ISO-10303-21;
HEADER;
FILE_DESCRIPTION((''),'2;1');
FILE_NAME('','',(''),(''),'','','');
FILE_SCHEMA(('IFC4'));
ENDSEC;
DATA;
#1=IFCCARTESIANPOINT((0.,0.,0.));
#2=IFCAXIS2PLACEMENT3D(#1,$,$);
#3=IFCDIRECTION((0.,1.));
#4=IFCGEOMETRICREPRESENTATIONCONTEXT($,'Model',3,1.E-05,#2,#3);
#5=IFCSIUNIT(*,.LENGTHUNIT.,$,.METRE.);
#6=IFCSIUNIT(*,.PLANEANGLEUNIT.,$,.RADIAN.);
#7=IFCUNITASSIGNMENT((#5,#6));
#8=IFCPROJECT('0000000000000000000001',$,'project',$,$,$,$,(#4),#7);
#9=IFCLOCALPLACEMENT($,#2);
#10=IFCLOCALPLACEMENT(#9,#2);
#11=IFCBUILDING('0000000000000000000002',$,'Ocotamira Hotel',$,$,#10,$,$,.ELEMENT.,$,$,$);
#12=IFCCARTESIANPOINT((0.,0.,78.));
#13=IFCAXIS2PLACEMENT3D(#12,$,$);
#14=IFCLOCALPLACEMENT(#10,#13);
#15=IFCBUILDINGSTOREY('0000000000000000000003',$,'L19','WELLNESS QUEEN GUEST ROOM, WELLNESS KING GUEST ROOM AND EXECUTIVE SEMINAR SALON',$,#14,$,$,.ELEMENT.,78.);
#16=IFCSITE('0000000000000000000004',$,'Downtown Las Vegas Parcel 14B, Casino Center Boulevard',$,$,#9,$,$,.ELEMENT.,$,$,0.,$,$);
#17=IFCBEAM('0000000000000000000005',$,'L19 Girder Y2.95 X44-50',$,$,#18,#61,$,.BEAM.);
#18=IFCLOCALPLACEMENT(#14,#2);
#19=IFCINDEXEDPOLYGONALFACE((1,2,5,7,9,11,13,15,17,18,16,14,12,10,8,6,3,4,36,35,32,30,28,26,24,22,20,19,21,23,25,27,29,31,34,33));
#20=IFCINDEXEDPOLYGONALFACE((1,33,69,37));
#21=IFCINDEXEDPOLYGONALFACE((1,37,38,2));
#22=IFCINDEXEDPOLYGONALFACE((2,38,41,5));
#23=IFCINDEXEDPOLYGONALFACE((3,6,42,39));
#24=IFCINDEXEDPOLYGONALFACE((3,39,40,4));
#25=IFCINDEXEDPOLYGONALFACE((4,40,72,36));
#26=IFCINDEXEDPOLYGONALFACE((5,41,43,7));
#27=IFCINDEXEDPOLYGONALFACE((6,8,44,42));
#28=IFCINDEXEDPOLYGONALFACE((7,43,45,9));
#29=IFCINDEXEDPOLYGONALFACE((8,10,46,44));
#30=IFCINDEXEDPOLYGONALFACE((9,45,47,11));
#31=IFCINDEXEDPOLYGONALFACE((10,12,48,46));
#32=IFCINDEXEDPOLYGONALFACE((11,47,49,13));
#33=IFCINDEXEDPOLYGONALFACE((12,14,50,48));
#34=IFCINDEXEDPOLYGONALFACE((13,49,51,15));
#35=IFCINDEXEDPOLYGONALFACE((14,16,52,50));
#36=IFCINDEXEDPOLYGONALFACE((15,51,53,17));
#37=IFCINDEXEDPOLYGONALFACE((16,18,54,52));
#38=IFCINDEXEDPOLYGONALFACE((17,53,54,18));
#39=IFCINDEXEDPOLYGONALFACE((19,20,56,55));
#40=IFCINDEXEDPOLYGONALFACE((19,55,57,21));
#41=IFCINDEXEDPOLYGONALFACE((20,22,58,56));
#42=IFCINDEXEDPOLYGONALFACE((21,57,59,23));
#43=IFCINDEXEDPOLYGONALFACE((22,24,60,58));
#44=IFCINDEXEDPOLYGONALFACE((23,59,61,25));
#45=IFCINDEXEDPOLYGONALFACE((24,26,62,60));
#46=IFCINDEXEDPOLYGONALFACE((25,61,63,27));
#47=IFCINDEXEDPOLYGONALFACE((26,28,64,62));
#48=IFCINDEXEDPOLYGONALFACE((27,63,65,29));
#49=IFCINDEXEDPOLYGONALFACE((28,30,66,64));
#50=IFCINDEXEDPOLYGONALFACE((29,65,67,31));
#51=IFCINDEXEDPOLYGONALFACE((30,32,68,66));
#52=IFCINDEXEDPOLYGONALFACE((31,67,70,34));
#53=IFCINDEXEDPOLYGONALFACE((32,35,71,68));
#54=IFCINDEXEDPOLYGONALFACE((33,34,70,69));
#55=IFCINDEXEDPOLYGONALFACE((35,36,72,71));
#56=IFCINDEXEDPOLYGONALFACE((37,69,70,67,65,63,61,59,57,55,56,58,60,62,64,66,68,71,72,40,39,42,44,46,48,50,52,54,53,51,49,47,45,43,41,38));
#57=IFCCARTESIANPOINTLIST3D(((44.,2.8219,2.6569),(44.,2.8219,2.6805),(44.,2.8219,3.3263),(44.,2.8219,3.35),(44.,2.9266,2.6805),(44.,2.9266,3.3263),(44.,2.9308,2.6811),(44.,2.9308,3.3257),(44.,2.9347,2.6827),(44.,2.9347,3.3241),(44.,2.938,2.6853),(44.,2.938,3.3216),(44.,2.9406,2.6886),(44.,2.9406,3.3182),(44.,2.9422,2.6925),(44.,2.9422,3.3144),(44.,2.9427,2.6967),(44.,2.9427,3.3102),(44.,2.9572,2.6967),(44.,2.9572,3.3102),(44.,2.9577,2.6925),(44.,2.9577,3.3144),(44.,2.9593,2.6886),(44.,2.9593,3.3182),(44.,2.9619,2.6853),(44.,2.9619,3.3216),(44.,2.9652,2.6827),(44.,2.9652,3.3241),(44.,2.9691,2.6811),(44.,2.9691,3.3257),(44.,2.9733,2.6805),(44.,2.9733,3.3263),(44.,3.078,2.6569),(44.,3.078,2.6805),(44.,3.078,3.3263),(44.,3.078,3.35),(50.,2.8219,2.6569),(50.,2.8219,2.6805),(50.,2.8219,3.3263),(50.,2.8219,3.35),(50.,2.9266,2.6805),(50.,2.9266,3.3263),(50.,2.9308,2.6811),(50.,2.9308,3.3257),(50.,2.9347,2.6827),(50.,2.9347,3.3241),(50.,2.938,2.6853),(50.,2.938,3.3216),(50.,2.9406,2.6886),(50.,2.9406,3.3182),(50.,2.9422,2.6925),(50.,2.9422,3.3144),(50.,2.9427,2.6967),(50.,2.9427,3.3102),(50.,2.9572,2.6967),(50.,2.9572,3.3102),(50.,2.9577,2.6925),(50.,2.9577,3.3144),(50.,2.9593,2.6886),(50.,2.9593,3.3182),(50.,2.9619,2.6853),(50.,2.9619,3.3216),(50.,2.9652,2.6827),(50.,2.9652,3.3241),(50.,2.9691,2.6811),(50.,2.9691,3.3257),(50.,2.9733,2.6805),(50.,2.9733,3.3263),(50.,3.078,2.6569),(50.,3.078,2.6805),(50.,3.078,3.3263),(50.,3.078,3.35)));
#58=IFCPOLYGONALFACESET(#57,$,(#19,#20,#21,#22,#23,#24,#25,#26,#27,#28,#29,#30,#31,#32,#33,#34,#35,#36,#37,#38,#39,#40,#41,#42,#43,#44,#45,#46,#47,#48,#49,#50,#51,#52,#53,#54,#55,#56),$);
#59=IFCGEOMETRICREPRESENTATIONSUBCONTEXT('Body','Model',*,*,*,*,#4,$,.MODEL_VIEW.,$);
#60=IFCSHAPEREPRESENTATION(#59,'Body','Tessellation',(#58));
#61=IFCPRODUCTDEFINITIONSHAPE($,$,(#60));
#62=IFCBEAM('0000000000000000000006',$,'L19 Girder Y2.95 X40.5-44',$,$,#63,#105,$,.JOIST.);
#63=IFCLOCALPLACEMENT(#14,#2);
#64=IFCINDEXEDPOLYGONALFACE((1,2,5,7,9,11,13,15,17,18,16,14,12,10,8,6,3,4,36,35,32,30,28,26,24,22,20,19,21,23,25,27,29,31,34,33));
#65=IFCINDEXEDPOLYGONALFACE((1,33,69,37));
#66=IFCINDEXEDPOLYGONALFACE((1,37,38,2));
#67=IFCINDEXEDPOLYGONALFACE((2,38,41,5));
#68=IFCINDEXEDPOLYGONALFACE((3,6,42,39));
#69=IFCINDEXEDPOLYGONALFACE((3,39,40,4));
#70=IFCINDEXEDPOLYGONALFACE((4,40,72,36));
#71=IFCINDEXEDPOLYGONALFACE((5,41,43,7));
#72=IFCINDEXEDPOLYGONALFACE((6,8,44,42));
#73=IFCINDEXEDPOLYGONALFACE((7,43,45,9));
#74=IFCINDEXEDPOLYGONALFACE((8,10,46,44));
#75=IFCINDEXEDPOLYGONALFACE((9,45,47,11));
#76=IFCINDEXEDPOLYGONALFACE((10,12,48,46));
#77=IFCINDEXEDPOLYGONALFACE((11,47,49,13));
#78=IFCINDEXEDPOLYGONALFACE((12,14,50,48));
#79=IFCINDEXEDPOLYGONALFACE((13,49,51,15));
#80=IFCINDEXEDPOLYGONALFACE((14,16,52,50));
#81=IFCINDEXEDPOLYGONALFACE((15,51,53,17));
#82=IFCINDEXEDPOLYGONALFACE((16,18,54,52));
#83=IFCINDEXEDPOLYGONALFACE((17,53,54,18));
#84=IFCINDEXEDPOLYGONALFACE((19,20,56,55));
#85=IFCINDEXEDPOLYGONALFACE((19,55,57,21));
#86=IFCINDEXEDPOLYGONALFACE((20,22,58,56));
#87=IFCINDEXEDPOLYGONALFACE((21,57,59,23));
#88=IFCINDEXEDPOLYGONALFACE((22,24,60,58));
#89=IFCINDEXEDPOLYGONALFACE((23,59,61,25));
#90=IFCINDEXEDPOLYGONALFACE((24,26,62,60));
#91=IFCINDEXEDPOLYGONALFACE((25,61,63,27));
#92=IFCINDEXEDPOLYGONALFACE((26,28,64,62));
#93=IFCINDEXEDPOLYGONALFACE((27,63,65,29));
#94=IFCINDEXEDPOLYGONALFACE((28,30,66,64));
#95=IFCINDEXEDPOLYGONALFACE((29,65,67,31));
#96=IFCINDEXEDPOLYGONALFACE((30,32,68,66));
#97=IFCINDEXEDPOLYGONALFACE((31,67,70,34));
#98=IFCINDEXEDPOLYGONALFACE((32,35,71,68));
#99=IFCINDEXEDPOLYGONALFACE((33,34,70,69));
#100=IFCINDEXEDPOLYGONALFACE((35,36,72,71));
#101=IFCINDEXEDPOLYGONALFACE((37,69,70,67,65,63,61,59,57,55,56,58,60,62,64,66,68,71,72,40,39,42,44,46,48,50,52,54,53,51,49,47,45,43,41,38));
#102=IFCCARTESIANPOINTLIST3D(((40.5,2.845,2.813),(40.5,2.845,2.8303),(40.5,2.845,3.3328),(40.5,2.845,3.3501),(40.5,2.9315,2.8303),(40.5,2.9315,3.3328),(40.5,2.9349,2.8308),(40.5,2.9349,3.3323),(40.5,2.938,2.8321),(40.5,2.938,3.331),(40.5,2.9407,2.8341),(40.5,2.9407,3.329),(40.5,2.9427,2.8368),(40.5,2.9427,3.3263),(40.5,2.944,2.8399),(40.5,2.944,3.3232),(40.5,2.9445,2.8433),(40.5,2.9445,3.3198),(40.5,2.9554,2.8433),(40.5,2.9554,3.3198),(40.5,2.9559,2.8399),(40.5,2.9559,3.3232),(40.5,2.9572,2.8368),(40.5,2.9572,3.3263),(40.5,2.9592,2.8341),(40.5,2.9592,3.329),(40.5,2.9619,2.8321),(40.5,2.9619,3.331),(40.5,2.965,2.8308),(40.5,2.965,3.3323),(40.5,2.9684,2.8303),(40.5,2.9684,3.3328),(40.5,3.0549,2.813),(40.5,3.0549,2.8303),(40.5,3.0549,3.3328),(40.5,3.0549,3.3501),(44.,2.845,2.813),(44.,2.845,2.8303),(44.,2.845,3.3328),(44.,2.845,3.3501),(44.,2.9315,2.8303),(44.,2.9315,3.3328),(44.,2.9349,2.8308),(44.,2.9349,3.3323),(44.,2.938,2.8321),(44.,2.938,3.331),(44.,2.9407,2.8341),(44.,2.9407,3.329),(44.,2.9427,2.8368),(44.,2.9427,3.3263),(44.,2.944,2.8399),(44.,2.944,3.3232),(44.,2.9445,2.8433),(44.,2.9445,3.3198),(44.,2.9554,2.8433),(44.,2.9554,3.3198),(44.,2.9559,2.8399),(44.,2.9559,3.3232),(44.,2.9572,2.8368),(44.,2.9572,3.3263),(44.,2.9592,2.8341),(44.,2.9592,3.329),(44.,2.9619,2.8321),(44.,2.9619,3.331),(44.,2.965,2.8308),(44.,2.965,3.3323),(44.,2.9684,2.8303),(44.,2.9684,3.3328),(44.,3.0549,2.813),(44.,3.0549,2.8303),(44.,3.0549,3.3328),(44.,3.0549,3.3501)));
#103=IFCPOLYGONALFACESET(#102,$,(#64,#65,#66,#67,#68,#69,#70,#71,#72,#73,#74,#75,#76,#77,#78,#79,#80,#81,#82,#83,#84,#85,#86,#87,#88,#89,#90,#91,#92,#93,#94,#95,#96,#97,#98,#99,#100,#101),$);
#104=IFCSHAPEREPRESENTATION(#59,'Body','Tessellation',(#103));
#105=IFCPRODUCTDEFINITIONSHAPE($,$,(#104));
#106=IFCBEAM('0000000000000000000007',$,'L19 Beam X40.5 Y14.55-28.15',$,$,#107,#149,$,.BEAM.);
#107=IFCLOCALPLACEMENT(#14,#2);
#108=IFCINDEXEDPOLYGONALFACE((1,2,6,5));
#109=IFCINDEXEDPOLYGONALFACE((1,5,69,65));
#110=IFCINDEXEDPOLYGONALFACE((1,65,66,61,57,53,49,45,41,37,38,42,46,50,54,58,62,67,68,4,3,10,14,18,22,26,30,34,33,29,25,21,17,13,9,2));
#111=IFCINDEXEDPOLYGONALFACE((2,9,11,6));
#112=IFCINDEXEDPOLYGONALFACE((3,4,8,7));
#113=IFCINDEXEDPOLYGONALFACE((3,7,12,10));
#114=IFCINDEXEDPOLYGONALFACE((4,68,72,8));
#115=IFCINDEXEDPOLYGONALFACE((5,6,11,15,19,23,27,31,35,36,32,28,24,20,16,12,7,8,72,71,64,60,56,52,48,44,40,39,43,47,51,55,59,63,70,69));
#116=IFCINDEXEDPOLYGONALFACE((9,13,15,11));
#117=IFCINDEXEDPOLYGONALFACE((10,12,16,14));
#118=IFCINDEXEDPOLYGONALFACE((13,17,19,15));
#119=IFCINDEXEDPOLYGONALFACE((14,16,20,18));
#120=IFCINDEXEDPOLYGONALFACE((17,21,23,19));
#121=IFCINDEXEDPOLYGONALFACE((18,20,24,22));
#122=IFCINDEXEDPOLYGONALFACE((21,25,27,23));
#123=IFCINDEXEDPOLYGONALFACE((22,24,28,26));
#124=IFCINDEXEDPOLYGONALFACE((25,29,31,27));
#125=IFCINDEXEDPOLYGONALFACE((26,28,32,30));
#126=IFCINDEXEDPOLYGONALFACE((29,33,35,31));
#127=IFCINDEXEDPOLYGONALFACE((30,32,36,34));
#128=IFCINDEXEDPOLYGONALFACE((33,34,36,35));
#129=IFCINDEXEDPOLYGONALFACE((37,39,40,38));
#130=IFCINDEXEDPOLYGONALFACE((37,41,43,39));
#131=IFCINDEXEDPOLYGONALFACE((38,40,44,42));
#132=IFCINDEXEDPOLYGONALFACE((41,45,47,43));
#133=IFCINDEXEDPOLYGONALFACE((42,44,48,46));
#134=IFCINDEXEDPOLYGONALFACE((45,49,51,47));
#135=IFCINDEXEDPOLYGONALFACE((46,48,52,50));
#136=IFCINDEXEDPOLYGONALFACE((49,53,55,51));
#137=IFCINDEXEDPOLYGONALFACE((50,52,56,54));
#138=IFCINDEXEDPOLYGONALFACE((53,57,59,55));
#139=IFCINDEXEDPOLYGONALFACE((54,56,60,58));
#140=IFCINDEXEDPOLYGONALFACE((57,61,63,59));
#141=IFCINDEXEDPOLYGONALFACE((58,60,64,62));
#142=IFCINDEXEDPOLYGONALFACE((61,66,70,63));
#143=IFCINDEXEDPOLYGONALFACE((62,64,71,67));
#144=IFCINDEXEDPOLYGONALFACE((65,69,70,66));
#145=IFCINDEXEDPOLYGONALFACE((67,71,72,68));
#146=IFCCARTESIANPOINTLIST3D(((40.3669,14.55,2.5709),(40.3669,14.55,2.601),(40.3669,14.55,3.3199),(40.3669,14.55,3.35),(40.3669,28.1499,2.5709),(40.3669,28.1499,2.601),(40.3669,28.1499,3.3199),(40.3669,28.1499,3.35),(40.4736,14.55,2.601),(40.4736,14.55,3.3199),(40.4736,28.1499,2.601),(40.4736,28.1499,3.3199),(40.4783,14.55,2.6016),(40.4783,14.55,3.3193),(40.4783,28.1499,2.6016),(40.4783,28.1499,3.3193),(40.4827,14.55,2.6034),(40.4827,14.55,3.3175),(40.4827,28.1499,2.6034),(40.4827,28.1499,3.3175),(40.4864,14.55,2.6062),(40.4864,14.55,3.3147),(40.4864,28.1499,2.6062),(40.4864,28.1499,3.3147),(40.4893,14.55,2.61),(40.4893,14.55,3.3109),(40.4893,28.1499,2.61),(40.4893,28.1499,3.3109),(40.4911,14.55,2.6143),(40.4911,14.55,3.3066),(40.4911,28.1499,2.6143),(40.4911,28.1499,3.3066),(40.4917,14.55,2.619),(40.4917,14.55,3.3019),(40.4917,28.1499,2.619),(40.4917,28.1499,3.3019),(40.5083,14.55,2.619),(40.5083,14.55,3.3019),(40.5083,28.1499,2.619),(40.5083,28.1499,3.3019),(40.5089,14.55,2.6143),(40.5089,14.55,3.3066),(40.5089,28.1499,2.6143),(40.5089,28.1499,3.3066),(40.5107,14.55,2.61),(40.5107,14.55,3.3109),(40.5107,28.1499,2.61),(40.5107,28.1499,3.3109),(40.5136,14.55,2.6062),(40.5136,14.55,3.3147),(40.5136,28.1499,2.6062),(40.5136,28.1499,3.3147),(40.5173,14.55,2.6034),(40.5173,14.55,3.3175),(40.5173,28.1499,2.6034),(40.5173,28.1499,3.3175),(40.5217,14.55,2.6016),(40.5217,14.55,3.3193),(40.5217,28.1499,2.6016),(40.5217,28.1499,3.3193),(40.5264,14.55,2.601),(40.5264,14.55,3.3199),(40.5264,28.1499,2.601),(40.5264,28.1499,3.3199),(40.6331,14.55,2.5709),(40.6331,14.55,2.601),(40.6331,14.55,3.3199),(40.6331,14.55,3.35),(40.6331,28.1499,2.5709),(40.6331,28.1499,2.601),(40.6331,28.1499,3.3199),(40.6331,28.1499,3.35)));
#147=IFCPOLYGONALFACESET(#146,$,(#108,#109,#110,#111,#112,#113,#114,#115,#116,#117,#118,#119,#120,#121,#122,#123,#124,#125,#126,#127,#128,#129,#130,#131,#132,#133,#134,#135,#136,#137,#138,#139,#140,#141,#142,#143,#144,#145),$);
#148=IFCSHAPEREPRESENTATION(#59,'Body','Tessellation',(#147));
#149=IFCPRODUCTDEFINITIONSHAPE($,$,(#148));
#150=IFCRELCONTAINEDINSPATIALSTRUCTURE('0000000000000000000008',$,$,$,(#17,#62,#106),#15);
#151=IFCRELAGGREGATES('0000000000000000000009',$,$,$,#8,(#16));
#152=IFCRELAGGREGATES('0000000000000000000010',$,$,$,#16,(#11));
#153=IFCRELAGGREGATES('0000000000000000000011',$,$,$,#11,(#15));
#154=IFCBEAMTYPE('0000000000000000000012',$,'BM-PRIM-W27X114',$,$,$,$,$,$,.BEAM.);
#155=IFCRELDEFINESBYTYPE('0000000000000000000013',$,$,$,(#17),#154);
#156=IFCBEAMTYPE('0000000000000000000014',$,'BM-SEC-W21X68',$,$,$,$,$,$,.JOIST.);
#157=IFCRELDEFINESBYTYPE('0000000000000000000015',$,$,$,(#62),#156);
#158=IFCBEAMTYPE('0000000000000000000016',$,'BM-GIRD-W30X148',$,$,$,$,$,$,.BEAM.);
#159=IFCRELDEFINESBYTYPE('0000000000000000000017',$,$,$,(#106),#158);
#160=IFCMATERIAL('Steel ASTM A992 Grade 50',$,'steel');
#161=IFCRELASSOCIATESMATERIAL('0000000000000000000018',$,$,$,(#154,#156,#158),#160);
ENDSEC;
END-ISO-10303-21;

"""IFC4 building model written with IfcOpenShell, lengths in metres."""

from ifc_helpers import new_model, si_unit, direction, frame, origin, origin_2d, place, context, subcontext, project, spatial, i_section, extrude, source, transform, mapped, material, material_profile, profile_set, type_object, element, save


model = new_model("IFC4")

# Units and contexts
model_context = context("Model", 3, precision=1e-05, world=origin(), true_north=direction((0.0, 1.0)))
body_context = subcontext(model_context, "Body", "Model", "MODEL_VIEW")
ifc_project = project(units=[si_unit("LENGTHUNIT", "METRE"), si_unit("PLANEANGLEUNIT", "RADIAN")], contexts=[model_context])

# Site, building, storey
site_placement = place(None, origin())
site = spatial("IfcSite", under=ifc_project, at=site_placement, Name="Downtown Las Vegas Parcel 14B, Casino Center Boulevard", CompositionType="ELEMENT", RefElevation=0.0)
building_placement = place(site_placement, origin())
building = spatial("IfcBuilding", under=site, at=building_placement, Name="Ocotamira Hotel", CompositionType="ELEMENT")
storey_placement = place(building_placement, frame((0.0, 0.0, 78.0)))
storey = spatial("IfcBuildingStorey", under=building, at=storey_placement, Name="L19", Description="WELLNESS QUEEN GUEST ROOM, WELLNESS KING GUEST ROOM AND EXECUTIVE SEMINAR SALON", CompositionType="ELEMENT", Elevation=78.0)

# Beams
ifc_material_1 = material(Name="Steel ASTM A992 Grade 50", Category="steel")
ifc_material_profile_1 = material_profile(ifc_material_1, i_section(OverallWidth=0.2561, OverallDepth=0.6931, WebThickness=0.0144, FlangeThickness=0.0237, FilletRadius=0.0161, at=origin_2d()), Name="W27X114")
ifc_profile_set_1 = profile_set([ifc_material_profile_1], Name="Steel ASTM A992 Grade 50")
beam_type_1 = type_object("IfcBeamType", Name="BM-PRIM-W27X114", PredefinedType="BEAM", material=ifc_profile_set_1)
shared_shape_1 = source(origin(), body_context, "Body", "SweptSolid", [
    extrude(i_section(OverallWidth=0.2561, OverallDepth=0.6931, WebThickness=0.0144, FlangeThickness=0.0237, FilletRadius=0.0161, at=origin_2d()), origin(), (0.0, 0.0, 1.0), 6.0),
])
beam_1_placement = place(storey_placement, frame((44.0, 2.95, 3.0034), z_axis=(1.0, 0.0, 0.0), x_axis=(0.0, 1.0, 0.0)))
element("IfcBeam", 1, at=beam_1_placement, inside=storey, type_object=beam_type_1, Name="L19 Girder Y2.95 X44-50", PredefinedType="BEAM", context=body_context, shape_type="MappedRepresentation", body=[
    mapped(shared_shape_1, transform((0.0, 0.0, 0.0), scale=1.0)),
])
ifc_material_profile_2 = material_profile(ifc_material_1, i_section(OverallWidth=0.21, OverallDepth=0.5371, WebThickness=0.011, FlangeThickness=0.0173, FilletRadius=0.0129, at=origin_2d()), Name="W21X68")
ifc_profile_set_2 = profile_set([ifc_material_profile_2], Name="Steel ASTM A992 Grade 50")
beam_type_2 = type_object("IfcBeamType", Name="BM-SEC-W21X68", PredefinedType="JOIST", material=ifc_profile_set_2)
shared_shape_2 = source(origin(), body_context, "Body", "SweptSolid", [
    extrude(i_section(OverallWidth=0.21, OverallDepth=0.5371, WebThickness=0.011, FlangeThickness=0.0173, FilletRadius=0.0129, at=origin_2d()), origin(), (0.0, 0.0, 1.0), 3.5),
])
beam_2_placement = place(storey_placement, frame((40.5, 2.95, 3.0815), z_axis=(1.0, 0.0, 0.0), x_axis=(0.0, 1.0, 0.0)))
element("IfcBeam", 2, at=beam_2_placement, inside=storey, type_object=beam_type_2, Name="L19 Girder Y2.95 X40.5-44", PredefinedType="JOIST", context=body_context, shape_type="MappedRepresentation", body=[
    mapped(shared_shape_2, transform((0.0, 0.0, 0.0), scale=1.0)),
])
ifc_material_profile_3 = material_profile(ifc_material_1, i_section(OverallWidth=0.2661, OverallDepth=0.7791, WebThickness=0.0166, FlangeThickness=0.03, FilletRadius=0.0181, at=origin_2d()), Name="W30X148")
ifc_profile_set_3 = profile_set([ifc_material_profile_3], Name="Steel ASTM A992 Grade 50")
beam_type_3 = type_object("IfcBeamType", Name="BM-GIRD-W30X148", PredefinedType="BEAM", material=ifc_profile_set_3)
shared_shape_3 = source(origin(), body_context, "Body", "SweptSolid", [
    extrude(i_section(OverallWidth=0.2661, OverallDepth=0.7791, WebThickness=0.0166, FlangeThickness=0.03, FilletRadius=0.0181, at=origin_2d()), origin(), (0.0, 0.0, 1.0), 13.5999),
])
beam_3_placement = place(storey_placement, frame((40.5, 14.55, 2.9604), z_axis=(0.0, 1.0, 0.0), x_axis=(-1.0, 0.0, 0.0)))
element("IfcBeam", 3, at=beam_3_placement, inside=storey, type_object=beam_type_3, Name="L19 Beam X40.5 Y14.55-28.15", PredefinedType="BEAM", context=body_context, shape_type="MappedRepresentation", body=[
    mapped(shared_shape_3, transform((0.0, 0.0, 0.0), scale=1.0)),
])

save(model, "model.ifc")
